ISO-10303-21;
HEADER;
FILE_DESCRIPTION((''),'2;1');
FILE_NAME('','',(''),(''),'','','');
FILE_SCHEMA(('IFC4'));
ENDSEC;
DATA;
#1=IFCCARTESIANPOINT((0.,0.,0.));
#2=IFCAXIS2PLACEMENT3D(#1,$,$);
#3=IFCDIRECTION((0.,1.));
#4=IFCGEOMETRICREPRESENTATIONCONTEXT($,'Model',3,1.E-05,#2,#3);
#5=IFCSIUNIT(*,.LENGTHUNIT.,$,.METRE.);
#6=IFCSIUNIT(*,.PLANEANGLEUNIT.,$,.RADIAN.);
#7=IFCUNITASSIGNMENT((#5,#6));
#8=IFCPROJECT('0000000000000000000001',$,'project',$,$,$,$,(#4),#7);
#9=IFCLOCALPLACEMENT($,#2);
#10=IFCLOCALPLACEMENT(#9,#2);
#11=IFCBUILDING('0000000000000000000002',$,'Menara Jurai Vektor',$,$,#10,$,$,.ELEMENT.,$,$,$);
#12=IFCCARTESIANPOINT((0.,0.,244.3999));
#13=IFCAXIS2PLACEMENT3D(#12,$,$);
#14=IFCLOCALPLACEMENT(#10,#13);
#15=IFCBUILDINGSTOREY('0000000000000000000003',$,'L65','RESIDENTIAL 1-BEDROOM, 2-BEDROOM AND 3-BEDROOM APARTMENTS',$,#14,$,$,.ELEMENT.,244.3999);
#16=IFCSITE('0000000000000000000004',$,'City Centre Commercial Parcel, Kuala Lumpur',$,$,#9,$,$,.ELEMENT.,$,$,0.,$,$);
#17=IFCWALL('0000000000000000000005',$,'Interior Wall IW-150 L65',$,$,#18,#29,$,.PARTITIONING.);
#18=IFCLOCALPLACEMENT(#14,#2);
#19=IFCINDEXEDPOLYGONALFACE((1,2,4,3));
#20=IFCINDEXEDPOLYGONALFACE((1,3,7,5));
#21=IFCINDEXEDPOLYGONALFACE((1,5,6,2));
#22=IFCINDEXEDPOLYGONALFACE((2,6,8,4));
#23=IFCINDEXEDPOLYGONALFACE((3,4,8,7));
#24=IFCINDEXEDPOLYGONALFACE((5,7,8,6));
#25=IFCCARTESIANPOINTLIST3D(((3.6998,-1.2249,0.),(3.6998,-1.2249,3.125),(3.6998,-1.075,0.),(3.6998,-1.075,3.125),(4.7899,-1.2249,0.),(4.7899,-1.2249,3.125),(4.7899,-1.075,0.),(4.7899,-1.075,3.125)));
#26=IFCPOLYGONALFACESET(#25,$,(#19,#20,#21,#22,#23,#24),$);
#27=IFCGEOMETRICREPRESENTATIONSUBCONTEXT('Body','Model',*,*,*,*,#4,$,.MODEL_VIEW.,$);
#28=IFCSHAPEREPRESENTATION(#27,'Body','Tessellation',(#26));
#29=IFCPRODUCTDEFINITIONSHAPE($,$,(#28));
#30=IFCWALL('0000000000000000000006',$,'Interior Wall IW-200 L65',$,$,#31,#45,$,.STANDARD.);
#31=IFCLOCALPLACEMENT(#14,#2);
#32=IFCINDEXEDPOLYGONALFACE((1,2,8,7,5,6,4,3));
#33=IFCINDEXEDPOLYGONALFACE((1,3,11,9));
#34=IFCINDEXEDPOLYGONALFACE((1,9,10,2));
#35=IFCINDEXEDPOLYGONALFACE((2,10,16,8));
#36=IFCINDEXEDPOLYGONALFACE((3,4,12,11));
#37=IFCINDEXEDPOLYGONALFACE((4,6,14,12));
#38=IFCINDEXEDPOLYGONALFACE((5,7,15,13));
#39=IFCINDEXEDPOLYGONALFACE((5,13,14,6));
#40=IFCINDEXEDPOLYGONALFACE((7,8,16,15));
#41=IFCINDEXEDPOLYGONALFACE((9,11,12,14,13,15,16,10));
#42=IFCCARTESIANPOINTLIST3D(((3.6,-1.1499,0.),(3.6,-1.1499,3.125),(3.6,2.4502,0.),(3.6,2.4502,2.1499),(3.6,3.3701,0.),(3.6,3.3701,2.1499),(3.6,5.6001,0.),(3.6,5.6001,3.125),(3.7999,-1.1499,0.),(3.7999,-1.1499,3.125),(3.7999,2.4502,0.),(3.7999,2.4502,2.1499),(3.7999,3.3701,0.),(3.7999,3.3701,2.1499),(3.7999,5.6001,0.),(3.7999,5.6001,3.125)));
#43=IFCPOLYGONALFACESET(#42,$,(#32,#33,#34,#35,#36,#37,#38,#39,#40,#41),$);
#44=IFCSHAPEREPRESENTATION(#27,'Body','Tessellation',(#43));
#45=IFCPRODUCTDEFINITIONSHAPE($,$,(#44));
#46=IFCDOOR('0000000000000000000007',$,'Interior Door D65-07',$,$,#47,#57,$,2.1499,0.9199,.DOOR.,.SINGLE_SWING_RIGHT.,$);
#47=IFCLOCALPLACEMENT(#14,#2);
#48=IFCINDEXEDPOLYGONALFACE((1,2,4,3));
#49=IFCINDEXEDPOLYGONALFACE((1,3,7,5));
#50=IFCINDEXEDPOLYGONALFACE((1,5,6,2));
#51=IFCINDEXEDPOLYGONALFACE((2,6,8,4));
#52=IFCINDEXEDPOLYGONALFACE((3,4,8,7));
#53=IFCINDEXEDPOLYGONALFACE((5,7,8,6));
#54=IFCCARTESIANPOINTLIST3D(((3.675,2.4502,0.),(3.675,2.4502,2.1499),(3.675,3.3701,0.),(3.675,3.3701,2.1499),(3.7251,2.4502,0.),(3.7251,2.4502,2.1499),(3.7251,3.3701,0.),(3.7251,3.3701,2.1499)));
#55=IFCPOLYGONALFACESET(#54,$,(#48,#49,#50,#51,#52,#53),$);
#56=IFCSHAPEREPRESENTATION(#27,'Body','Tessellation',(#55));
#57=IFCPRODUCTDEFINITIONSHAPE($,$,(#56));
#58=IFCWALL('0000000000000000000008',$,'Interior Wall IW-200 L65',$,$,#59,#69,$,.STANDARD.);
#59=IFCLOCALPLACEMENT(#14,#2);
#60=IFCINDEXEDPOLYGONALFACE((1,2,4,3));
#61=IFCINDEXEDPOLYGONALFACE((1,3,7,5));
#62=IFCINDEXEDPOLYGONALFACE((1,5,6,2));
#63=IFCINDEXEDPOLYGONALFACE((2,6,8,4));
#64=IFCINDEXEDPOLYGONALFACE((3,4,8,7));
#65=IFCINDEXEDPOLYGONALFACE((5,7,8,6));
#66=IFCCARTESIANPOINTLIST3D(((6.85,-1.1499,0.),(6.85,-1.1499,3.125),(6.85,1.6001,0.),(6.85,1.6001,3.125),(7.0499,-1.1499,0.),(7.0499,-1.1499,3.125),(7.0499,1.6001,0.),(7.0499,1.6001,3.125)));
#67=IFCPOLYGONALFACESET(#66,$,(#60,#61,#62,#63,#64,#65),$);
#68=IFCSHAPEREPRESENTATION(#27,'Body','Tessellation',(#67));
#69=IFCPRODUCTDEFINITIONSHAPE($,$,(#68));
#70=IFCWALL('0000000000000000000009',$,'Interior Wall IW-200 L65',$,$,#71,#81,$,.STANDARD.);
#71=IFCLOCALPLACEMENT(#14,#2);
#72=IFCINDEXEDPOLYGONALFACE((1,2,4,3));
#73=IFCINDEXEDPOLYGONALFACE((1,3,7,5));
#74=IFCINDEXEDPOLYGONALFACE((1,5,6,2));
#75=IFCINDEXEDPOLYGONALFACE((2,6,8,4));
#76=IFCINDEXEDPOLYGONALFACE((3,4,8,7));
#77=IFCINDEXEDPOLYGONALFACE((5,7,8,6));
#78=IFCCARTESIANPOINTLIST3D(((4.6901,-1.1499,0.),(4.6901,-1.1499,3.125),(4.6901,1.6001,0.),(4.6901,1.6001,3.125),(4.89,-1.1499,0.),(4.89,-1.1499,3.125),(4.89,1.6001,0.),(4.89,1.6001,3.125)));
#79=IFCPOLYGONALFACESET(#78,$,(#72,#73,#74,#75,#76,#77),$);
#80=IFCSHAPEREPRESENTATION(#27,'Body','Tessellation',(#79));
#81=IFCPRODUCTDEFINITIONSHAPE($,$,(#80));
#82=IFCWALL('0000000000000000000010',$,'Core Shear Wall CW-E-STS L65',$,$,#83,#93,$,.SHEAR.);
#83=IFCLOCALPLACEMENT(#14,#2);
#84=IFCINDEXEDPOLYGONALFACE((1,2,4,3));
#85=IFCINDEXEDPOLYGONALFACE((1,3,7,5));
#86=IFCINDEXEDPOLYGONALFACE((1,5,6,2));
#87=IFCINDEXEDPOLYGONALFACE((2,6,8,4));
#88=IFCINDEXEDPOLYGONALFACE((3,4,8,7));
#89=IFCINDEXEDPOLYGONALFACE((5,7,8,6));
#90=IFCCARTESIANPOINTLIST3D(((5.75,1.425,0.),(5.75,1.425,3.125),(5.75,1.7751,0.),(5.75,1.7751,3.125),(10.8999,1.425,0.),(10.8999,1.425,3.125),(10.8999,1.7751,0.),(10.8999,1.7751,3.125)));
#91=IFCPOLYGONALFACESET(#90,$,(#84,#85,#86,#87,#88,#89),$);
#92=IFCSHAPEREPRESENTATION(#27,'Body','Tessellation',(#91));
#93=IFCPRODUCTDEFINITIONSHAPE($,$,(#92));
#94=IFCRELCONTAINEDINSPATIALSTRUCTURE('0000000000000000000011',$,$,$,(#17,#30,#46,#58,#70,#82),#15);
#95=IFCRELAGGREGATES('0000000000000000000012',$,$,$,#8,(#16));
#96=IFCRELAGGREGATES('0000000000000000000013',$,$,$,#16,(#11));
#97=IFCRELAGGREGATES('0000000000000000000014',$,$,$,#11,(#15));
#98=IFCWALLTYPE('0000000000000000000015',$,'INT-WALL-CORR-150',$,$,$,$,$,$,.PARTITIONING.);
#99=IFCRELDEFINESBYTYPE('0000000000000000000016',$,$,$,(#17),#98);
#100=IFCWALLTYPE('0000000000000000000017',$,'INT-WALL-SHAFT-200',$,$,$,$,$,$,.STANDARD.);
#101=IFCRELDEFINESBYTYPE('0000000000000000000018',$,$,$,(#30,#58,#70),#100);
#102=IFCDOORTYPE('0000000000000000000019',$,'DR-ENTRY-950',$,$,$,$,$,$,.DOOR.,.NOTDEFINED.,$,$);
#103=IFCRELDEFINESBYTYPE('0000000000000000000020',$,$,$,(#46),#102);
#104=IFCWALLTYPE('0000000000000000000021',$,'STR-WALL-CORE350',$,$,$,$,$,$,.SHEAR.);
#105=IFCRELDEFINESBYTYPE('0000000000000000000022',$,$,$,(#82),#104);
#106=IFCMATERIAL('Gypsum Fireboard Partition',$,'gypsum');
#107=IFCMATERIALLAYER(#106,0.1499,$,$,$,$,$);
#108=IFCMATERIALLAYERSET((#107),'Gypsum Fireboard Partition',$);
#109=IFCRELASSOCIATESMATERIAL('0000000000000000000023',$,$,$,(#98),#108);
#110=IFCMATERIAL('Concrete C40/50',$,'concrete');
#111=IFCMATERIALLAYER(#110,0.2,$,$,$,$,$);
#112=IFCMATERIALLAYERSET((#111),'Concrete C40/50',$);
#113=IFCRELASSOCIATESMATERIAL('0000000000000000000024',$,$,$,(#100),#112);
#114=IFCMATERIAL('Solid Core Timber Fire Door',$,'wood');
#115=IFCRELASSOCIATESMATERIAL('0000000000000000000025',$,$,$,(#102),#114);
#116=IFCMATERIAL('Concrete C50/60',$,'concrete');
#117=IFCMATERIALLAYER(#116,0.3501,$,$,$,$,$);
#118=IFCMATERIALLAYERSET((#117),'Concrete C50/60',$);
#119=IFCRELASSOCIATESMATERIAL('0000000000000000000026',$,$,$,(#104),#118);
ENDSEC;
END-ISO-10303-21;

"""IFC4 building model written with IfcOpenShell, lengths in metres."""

from ifc_helpers import new_model, si_unit, direction, frame, frame_2d, origin, place, context, subcontext, project, spatial, rectangle, extrude, material, layer, layer_set, type_object, element, fill, save


model = new_model("IFC4")

# Units and contexts
model_context = context("Model", 3, precision=1e-05, world=origin(), true_north=direction((0.0, 1.0)))
body_context = subcontext(model_context, "Body", "Model", "MODEL_VIEW")
ifc_project = project(units=[si_unit("LENGTHUNIT", "METRE"), si_unit("PLANEANGLEUNIT", "RADIAN")], contexts=[model_context])

# Site, building, storey
site_placement = place(None, origin())
site = spatial("IfcSite", under=ifc_project, at=site_placement, Name="City Centre Commercial Parcel, Kuala Lumpur", CompositionType="ELEMENT", RefElevation=0.0)
building_placement = place(site_placement, origin())
building = spatial("IfcBuilding", under=site, at=building_placement, Name="Menara Jurai Vektor", CompositionType="ELEMENT")
storey_placement = place(building_placement, frame((0.0, 0.0, 244.3999)))
storey = spatial("IfcBuildingStorey", under=building, at=storey_placement, Name="L65", Description="RESIDENTIAL 1-BEDROOM, 2-BEDROOM AND 3-BEDROOM APARTMENTS", CompositionType="ELEMENT", Elevation=244.3999)

# Shared definitions
ifc_material_1 = material(Name="Concrete C40/50", Category="concrete")

# Wall
ifc_material_2 = material(Name="Gypsum Fireboard Partition", Category="gypsum")
ifc_layer_1 = layer(ifc_material_2, 0.1499)
ifc_layer_set_1 = layer_set([ifc_layer_1], Name="Gypsum Fireboard Partition")
wall_type_1 = type_object("IfcWallType", Name="INT-WALL-CORR-150", PredefinedType="PARTITIONING", material=ifc_layer_set_1)
wall_1_placement = place(storey_placement, frame((3.7, -1.1499, 0.0), z_axis=(0.0, 0.0, 1.0), x_axis=(1.0, 0.0, 0.0)))
element("IfcWall", 1, at=wall_1_placement, inside=storey, type_object=wall_type_1, Name="Interior Wall IW-150 L65", PredefinedType="PARTITIONING", context=body_context, shape_type="SweptSolid", body=[
    extrude(rectangle(XDim=1.0901, YDim=0.1499, at=frame_2d((0.5449, 0.0))), origin(), (0.0, 0.0, 1.0), 3.125),
])

# Wall, opening, door
ifc_layer_2 = layer(ifc_material_1, 0.2)
ifc_layer_set_2 = layer_set([ifc_layer_2], Name="Concrete C40/50")
wall_type_2 = type_object("IfcWallType", Name="INT-WALL-SHAFT-200", PredefinedType="STANDARD", material=ifc_layer_set_2)
wall_2_placement = place(storey_placement, frame((3.7, -1.1499, 0.0), z_axis=(0.0, 0.0, 1.0), x_axis=(0.0, 1.0, 0.0)))
wall_2 = element("IfcWall", 2, at=wall_2_placement, inside=storey, type_object=wall_type_2, Name="Interior Wall IW-200 L65", PredefinedType="STANDARD", context=body_context, shape_type="SweptSolid", body=[
    extrude(rectangle(XDim=6.75, YDim=0.2, at=frame_2d((3.375, 0.0))), origin(), (0.0, 0.0, 1.0), 3.125),
])
opening_1_placement = place(wall_2_placement, frame((3.6001, 0.0, 0.0)))
opening_1 = element("IfcOpeningElement", 3, at=opening_1_placement, cuts=wall_2, PredefinedType="OPENING", context=body_context, shape_type="SweptSolid", body=[
    extrude(rectangle(XDim=0.9199, YDim=2.1499, at=frame_2d((0.46, 1.075))), frame((0.0, 0.1099, 0.0), z_axis=(0.0, -1.0, 0.0), x_axis=(1.0, 0.0, 0.0)), (0.0, 0.0, 1.0), 0.22),
])
ifc_material_3 = material(Name="Solid Core Timber Fire Door", Category="wood")
door_type_1 = type_object("IfcDoorType", Name="DR-ENTRY-950", OperationType="NOTDEFINED", PredefinedType="DOOR", material=ifc_material_3)
door_1_placement = place(opening_1_placement, origin())
door_1 = element("IfcDoor", 4, at=door_1_placement, inside=storey, type_object=door_type_1, Name="Interior Door D65-07", OperationType="SINGLE_SWING_RIGHT", OverallHeight=2.1499, OverallWidth=0.9199, PredefinedType="DOOR", context=body_context, shape_type="SweptSolid", body=[
    extrude(rectangle(XDim=0.9199, YDim=2.1499, at=frame_2d((0.46, 1.075))), frame((0.0, 0.0249, 0.0), z_axis=(0.0, -1.0, 0.0), x_axis=(1.0, 0.0, 0.0)), (0.0, 0.0, 1.0), 0.05),
])
fill(opening_1, door_1)

# Wall
wall_3_placement = place(storey_placement, frame((6.95, -1.1499, 0.0), z_axis=(0.0, 0.0, 1.0), x_axis=(0.0, 1.0, 0.0)))
element("IfcWall", 5, at=wall_3_placement, inside=storey, type_object=wall_type_2, Name="Interior Wall IW-200 L65", PredefinedType="STANDARD", context=body_context, shape_type="SweptSolid", body=[
    extrude(rectangle(XDim=2.75, YDim=0.2, at=frame_2d((1.375, 0.0))), origin(), (0.0, 0.0, 1.0), 3.125),
])

# Wall
wall_4_placement = place(storey_placement, frame((4.79, -1.1499, 0.0), z_axis=(0.0, 0.0, 1.0), x_axis=(0.0, 1.0, 0.0)))
element("IfcWall", 6, at=wall_4_placement, inside=storey, type_object=wall_type_2, Name="Interior Wall IW-200 L65", PredefinedType="STANDARD", context=body_context, shape_type="SweptSolid", body=[
    extrude(rectangle(XDim=2.75, YDim=0.2, at=frame_2d((1.375, 0.0))), origin(), (0.0, 0.0, 1.0), 3.125),
])

# Wall
ifc_material_4 = material(Name="Concrete C50/60", Category="concrete")
ifc_layer_3 = layer(ifc_material_4, 0.3501)
ifc_layer_set_3 = layer_set([ifc_layer_3], Name="Concrete C50/60")
wall_type_3 = type_object("IfcWallType", Name="STR-WALL-CORE350", PredefinedType="SHEAR", material=ifc_layer_set_3)
wall_5_placement = place(storey_placement, frame((5.75, 1.6001, 0.0), z_axis=(0.0, 0.0, 1.0), x_axis=(1.0, 0.0, 0.0)))
element("IfcWall", 7, at=wall_5_placement, inside=storey, type_object=wall_type_3, Name="Core Shear Wall CW-E-STS L65", PredefinedType="SHEAR", context=body_context, shape_type="SweptSolid", body=[
    extrude(rectangle(XDim=5.1499, YDim=0.3501, at=frame_2d((2.575, 0.0))), origin(), (0.0, 0.0, 1.0), 3.125),
])

save(model, "model.ifc")
